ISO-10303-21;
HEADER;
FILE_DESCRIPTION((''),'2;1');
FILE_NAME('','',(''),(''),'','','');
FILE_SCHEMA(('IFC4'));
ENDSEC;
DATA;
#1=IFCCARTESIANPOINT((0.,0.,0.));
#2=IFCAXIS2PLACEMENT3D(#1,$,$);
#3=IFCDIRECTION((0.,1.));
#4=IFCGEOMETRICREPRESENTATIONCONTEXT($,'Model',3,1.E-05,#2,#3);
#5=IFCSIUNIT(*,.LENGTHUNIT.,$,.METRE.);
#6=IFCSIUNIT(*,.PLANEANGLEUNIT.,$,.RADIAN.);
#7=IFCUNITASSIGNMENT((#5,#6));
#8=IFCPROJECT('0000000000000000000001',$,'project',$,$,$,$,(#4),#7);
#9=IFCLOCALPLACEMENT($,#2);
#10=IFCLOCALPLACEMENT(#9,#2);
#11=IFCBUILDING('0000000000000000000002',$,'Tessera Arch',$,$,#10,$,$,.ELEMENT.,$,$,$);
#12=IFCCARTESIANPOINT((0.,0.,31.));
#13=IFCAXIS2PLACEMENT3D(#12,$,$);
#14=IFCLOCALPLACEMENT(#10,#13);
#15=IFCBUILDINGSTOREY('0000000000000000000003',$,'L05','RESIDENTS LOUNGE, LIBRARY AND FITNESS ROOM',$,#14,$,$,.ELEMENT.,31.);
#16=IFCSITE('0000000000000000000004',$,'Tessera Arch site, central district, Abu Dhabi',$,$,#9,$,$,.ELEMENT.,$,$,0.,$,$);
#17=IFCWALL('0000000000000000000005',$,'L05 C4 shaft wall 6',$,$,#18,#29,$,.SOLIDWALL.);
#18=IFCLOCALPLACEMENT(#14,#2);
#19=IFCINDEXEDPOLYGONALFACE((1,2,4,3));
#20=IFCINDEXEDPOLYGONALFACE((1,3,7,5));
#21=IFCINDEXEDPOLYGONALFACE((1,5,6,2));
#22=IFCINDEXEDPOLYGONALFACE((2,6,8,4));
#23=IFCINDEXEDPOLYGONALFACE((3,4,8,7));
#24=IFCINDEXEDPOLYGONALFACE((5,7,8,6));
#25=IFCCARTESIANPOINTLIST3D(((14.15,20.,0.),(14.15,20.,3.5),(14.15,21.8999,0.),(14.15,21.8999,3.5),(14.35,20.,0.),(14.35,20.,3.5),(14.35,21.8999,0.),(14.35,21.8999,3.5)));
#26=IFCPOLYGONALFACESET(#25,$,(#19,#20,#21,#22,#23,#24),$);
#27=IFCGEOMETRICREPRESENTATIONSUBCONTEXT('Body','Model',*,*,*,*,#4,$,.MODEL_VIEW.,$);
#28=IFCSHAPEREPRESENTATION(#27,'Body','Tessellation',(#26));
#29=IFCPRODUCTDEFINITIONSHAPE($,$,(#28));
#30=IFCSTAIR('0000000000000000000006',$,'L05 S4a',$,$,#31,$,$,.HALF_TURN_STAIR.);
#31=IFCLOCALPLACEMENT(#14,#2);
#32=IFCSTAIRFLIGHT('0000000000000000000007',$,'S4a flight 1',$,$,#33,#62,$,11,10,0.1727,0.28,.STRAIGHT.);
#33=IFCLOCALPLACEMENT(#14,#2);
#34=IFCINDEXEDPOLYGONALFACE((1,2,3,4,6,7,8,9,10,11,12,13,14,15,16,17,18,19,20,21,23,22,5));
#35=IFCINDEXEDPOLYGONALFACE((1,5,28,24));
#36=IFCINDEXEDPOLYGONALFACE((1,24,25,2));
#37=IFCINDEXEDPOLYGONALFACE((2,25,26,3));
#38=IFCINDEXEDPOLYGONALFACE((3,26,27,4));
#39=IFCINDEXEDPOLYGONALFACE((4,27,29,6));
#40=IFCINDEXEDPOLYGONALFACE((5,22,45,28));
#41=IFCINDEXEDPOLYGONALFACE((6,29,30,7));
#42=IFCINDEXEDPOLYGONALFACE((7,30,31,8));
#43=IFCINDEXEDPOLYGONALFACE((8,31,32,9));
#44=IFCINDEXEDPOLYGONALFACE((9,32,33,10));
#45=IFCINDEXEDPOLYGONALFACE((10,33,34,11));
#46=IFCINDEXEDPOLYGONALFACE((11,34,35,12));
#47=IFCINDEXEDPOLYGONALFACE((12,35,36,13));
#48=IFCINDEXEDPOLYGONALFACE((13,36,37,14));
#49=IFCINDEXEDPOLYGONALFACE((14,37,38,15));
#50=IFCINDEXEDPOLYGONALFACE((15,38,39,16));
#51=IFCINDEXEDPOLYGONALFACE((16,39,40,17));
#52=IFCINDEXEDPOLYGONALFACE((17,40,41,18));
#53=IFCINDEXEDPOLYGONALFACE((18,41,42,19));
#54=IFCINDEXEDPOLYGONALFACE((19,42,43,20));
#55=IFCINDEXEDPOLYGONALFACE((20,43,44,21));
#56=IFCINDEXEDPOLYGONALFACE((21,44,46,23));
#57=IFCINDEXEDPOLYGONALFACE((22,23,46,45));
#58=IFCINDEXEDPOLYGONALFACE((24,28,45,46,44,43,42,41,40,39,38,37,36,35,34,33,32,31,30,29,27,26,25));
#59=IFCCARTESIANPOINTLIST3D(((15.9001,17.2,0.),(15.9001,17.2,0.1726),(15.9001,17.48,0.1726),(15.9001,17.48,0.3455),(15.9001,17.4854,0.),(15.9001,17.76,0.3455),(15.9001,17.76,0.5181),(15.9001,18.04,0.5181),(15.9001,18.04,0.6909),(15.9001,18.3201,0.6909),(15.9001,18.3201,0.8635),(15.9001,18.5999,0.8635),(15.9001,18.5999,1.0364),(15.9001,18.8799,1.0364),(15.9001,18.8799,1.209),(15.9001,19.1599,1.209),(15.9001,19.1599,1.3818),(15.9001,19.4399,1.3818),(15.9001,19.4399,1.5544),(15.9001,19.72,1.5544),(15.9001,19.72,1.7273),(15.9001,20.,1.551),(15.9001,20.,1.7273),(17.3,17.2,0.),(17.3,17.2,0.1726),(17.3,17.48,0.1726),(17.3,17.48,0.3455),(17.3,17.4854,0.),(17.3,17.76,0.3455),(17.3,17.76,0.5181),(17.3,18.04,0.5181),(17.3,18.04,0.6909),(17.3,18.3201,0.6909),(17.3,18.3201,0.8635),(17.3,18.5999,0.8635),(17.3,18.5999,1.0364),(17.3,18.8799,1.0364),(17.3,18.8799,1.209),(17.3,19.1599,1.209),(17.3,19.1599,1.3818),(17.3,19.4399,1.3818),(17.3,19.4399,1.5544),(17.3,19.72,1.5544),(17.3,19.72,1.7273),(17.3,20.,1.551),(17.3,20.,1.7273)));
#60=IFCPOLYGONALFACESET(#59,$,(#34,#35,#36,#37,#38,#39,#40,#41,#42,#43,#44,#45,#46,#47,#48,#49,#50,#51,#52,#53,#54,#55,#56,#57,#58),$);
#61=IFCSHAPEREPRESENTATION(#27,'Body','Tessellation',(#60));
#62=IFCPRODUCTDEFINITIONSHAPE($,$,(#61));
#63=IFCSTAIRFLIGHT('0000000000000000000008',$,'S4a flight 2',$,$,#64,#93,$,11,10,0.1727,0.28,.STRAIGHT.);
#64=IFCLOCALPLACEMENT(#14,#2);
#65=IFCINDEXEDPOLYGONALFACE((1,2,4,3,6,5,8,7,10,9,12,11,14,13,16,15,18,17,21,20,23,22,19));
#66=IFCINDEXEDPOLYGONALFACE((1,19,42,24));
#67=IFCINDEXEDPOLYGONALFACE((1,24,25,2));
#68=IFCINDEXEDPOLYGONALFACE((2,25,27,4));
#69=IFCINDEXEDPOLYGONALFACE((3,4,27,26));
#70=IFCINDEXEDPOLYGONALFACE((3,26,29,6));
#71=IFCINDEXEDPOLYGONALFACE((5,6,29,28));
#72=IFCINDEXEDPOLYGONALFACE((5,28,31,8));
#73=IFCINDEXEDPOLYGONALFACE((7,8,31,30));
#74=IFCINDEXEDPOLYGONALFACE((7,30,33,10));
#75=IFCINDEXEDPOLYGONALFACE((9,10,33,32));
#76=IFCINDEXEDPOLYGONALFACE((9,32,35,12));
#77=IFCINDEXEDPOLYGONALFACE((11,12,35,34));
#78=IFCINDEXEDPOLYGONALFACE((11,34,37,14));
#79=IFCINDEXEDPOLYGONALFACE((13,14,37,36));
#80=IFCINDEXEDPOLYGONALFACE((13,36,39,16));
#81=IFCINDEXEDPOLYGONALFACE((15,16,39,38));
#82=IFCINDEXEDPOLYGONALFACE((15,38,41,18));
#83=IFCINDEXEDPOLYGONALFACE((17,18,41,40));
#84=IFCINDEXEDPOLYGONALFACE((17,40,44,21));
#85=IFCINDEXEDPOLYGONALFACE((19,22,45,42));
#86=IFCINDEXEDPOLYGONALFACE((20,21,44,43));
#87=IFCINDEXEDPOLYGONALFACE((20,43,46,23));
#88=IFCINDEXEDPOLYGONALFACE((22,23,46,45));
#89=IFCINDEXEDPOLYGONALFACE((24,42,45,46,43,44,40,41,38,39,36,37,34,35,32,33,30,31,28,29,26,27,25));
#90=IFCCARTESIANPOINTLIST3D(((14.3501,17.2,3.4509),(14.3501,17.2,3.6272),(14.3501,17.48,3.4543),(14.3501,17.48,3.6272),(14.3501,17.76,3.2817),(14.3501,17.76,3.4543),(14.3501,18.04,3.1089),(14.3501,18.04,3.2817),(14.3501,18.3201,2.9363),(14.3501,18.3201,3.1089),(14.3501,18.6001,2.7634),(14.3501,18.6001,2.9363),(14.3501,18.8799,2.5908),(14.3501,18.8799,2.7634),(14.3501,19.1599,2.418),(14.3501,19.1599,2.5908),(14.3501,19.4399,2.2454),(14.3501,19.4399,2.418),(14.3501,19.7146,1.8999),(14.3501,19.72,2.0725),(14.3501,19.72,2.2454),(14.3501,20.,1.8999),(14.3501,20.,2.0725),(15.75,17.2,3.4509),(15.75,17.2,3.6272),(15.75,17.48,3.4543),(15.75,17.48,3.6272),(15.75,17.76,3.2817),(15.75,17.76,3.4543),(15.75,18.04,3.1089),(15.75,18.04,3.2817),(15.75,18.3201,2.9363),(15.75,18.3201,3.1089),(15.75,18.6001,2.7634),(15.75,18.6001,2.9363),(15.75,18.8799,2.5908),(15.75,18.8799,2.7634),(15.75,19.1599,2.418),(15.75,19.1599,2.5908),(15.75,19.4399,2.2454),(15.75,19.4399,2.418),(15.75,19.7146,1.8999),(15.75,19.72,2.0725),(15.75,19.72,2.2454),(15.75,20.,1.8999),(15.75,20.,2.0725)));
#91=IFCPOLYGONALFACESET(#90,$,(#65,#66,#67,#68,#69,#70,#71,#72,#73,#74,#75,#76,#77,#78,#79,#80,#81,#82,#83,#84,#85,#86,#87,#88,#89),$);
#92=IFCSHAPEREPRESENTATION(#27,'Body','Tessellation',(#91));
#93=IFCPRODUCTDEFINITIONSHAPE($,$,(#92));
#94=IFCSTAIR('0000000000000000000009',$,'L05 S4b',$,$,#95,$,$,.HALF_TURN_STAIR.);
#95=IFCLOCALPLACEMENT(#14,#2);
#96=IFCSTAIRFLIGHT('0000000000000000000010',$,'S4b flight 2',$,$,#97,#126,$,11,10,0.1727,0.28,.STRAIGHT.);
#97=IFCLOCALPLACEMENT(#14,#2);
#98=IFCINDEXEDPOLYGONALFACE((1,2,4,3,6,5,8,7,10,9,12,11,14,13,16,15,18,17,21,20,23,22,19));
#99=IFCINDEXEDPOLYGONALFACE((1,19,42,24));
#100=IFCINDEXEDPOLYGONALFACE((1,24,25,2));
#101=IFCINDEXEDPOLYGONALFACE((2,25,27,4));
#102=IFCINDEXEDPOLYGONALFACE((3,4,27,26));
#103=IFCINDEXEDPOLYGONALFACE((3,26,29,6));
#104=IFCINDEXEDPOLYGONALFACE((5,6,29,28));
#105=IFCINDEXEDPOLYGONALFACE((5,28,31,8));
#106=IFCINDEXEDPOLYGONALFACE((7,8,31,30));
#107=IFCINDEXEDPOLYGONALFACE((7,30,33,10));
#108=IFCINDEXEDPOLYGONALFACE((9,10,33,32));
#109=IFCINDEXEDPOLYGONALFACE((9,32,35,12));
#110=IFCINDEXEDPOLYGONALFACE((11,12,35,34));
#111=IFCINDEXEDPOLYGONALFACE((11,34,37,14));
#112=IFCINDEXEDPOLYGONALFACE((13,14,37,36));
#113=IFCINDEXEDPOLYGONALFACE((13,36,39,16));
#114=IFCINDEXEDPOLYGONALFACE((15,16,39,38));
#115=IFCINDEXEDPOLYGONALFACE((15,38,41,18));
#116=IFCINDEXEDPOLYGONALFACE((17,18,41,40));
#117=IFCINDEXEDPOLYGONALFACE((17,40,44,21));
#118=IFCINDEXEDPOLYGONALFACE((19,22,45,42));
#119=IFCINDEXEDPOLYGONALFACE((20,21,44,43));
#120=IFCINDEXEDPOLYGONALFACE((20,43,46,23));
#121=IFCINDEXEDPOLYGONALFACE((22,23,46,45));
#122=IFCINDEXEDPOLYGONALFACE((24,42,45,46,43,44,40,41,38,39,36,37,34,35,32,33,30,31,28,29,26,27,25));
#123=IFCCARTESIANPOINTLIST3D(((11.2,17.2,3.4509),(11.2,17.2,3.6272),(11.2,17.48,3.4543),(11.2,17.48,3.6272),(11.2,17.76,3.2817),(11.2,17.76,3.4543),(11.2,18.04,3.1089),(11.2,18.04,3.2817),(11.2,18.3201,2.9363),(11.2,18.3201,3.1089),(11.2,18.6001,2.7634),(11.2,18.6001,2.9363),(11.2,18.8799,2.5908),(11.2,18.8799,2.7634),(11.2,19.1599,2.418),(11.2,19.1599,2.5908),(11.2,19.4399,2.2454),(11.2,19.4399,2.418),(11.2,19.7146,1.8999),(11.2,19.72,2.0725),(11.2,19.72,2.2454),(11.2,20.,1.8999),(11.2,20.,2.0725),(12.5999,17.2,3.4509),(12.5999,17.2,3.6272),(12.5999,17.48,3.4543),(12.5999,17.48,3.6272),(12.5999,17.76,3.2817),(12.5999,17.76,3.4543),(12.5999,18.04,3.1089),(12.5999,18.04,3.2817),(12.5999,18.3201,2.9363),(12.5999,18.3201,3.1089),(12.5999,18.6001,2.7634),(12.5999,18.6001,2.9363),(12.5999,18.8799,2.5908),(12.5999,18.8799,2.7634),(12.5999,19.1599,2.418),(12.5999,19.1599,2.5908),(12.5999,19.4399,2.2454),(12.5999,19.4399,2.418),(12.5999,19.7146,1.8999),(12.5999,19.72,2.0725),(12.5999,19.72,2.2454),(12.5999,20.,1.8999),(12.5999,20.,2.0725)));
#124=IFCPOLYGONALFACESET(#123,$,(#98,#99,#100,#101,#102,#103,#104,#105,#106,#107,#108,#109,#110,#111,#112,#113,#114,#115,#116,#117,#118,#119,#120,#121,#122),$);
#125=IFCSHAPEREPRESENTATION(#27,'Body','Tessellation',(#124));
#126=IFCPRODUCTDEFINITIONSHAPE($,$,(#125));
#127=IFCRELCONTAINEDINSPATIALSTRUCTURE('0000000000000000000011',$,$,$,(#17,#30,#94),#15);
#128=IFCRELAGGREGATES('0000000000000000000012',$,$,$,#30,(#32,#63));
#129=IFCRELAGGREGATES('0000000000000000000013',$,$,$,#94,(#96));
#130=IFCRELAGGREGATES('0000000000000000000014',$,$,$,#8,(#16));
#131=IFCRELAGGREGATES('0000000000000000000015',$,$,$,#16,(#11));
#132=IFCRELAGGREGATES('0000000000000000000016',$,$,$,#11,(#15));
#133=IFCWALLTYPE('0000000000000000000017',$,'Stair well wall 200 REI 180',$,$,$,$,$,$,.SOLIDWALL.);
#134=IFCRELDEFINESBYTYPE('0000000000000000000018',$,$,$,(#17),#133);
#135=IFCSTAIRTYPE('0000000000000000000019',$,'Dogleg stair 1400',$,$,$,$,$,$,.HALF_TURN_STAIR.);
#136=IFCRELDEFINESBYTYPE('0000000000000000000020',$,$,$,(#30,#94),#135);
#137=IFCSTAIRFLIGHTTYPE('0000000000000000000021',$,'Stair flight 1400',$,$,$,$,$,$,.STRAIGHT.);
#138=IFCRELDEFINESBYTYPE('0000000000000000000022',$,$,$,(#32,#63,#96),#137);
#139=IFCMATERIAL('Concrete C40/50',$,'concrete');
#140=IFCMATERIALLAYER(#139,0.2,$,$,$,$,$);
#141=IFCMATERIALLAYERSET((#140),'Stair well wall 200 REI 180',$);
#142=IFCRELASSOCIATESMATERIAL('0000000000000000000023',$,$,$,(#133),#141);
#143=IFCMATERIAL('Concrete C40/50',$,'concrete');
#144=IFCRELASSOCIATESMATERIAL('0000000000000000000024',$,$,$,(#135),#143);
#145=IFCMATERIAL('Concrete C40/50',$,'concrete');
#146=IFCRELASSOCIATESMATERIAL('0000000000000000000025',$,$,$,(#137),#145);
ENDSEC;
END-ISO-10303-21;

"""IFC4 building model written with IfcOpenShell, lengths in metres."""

from ifc_helpers import new_model, si_unit, direction, frame, frame_2d, origin, place, context, subcontext, project, spatial, polyline, rectangle, outline, extrude, material, layer, layer_set, type_object, element, aggregate, save


model = new_model("IFC4")

# Units and contexts
model_context = context("Model", 3, precision=1e-05, world=origin(), true_north=direction((0.0, 1.0)))
body_context = subcontext(model_context, "Body", "Model", "MODEL_VIEW")
ifc_project = project(units=[si_unit("LENGTHUNIT", "METRE"), si_unit("PLANEANGLEUNIT", "RADIAN")], contexts=[model_context])

# Site, building, storey
site_placement = place(None, origin())
site = spatial("IfcSite", under=ifc_project, at=site_placement, Name="Tessera Arch site, central district, Abu Dhabi", CompositionType="ELEMENT", RefElevation=0.0)
building_placement = place(site_placement, origin())
building = spatial("IfcBuilding", under=site, at=building_placement, Name="Tessera Arch", CompositionType="ELEMENT")
storey_placement = place(building_placement, frame((0.0, 0.0, 31.0)))
storey = spatial("IfcBuildingStorey", under=building, at=storey_placement, Name="L05", Description="RESIDENTS LOUNGE, LIBRARY AND FITNESS ROOM", CompositionType="ELEMENT", Elevation=31.0)

# Wall
ifc_material_1 = material(Name="Concrete C40/50", Category="concrete")
ifc_layer_1 = layer(ifc_material_1, 0.2)
ifc_layer_set_1 = layer_set([ifc_layer_1], Name="Stair well wall 200 REI 180")
wall_type_1 = type_object("IfcWallType", Name="Stair well wall 200 REI 180", PredefinedType="SOLIDWALL", material=ifc_layer_set_1)
for number, where, z_axis, x_axis, name in (
    (1, (14.25, 20.0, 0.0), (0.0, 0.0, 1.0), (0.0, 1.0, 0.0), "L05 C4 shaft wall 6"),
):
    element("IfcWall", number, at=place(storey_placement, frame(where, z_axis=z_axis, x_axis=x_axis)), inside=storey, type_object=wall_type_1, Name=name, PredefinedType="SOLIDWALL", context=body_context, shape_type="SweptSolid", body=[
        extrude(rectangle(XDim=1.8999, YDim=0.2, at=frame_2d((0.95, 0.0))), origin(), (0.0, 0.0, 1.0), 3.5),
    ])

# Stair, stair flights
ifc_material_2 = material(Name="Concrete C40/50", Category="concrete")
stair_type = type_object("IfcStairType", Name="Dogleg stair 1400", PredefinedType="HALF_TURN_STAIR", material=ifc_material_2)
stair_1_placement = place(storey_placement, origin())
stair_1 = element("IfcStair", 2, at=stair_1_placement, inside=storey, type_object=stair_type, Name="L05 S4a", PredefinedType="HALF_TURN_STAIR")
ifc_material_3 = material(Name="Concrete C40/50", Category="concrete")
stair_flight_type = type_object("IfcStairFlightType", Name="Stair flight 1400", PredefinedType="STRAIGHT", material=ifc_material_3)
stair_flight_1_placement = place(storey_placement, frame((16.6001, 17.2, 0.0), z_axis=(0.0, 0.0, 1.0), x_axis=(0.0, 1.0, 0.0)))
stair_flight_1 = element("IfcStairFlight", 3, at=stair_flight_1_placement, type_object=stair_flight_type, Name="S4a flight 1", NumberOfRisers=11, NumberOfTreads=10, PredefinedType="STRAIGHT", RiserHeight=0.1727, TreadLength=0.28, context=body_context, shape_type="SweptSolid", body=[
    extrude(outline(polyline([(0.0, 0.0), (0.0, 0.1726), (0.28, 0.1726), (0.28, 0.3455), (0.5601, 0.3455), (0.5601, 0.5181), (0.8401, 0.5181), (0.8401, 0.6909), (1.1201, 0.6909), (1.1201, 0.8635), (1.3999, 0.8635), (1.3999, 1.0364), (1.6799, 1.0364), (1.6799, 1.209), (1.96, 1.209), (1.96, 1.3818), (2.24, 1.3818), (2.24, 1.5544), (2.52, 1.5544), (2.52, 1.7273), (2.8, 1.7273), (2.8, 1.8999), (2.8, 1.551), (0.2854, 0.0), (0.0, 0.0)])), frame((0.0, 0.7, 0.0), z_axis=(0.0, -1.0, 0.0), x_axis=(1.0, 0.0, 0.0)), (0.0, 0.0, 1.0), 1.3999),
])
stair_flight_2_placement = place(storey_placement, frame((15.05, 20.0, 1.8999), z_axis=(0.0, 0.0, 1.0), x_axis=(0.0, -1.0, 0.0)))
stair_flight_2 = element("IfcStairFlight", 4, at=stair_flight_2_placement, type_object=stair_flight_type, Name="S4a flight 2", NumberOfRisers=11, NumberOfTreads=10, PredefinedType="STRAIGHT", RiserHeight=0.1727, TreadLength=0.28, context=body_context, shape_type="SweptSolid", body=[
    extrude(outline(polyline([(0.0, 0.0), (0.0, 0.1726), (0.28, 0.1726), (0.28, 0.3455), (0.5601, 0.3455), (0.5601, 0.5181), (0.8401, 0.5181), (0.8401, 0.6909), (1.1201, 0.6909), (1.1201, 0.8635), (1.3999, 0.8635), (1.3999, 1.0364), (1.6799, 1.0364), (1.6799, 1.209), (1.96, 1.209), (1.96, 1.3818), (2.24, 1.3818), (2.24, 1.5544), (2.52, 1.5544), (2.52, 1.7273), (2.8, 1.7273), (2.8, 1.8999), (2.8, 1.551), (0.2854, 0.0), (0.0, 0.0)])), frame((0.0, 0.7, 0.0), z_axis=(0.0, -1.0, 0.0), x_axis=(1.0, 0.0, 0.0)), (0.0, 0.0, 1.0), 1.3999),
])
aggregate(stair_1, [stair_flight_1, stair_flight_2])

# Stair, stair flight
stair_2_placement = place(storey_placement, origin())
stair_2 = element("IfcStair", 5, at=stair_2_placement, inside=storey, type_object=stair_type, Name="L05 S4b", PredefinedType="HALF_TURN_STAIR")
stair_flight_3_placement = place(storey_placement, frame((11.8999, 20.0, 1.8999), z_axis=(0.0, 0.0, 1.0), x_axis=(0.0, -1.0, 0.0)))
stair_flight_3 = element("IfcStairFlight", 6, at=stair_flight_3_placement, type_object=stair_flight_type, Name="S4b flight 2", NumberOfRisers=11, NumberOfTreads=10, PredefinedType="STRAIGHT", RiserHeight=0.1727, TreadLength=0.28, context=body_context, shape_type="SweptSolid", body=[
    extrude(outline(polyline([(0.0, 0.0), (0.0, 0.1726), (0.28, 0.1726), (0.28, 0.3455), (0.5601, 0.3455), (0.5601, 0.5181), (0.8401, 0.5181), (0.8401, 0.6909), (1.1201, 0.6909), (1.1201, 0.8635), (1.3999, 0.8635), (1.3999, 1.0364), (1.6799, 1.0364), (1.6799, 1.209), (1.96, 1.209), (1.96, 1.3818), (2.24, 1.3818), (2.24, 1.5544), (2.52, 1.5544), (2.52, 1.7273), (2.8, 1.7273), (2.8, 1.8999), (2.8, 1.551), (0.2854, 0.0), (0.0, 0.0)])), frame((0.0, 0.7, 0.0), z_axis=(0.0, -1.0, 0.0), x_axis=(1.0, 0.0, 0.0)), (0.0, 0.0, 1.0), 1.3999),
])
aggregate(stair_2, [stair_flight_3])

save(model, "model.ifc")
